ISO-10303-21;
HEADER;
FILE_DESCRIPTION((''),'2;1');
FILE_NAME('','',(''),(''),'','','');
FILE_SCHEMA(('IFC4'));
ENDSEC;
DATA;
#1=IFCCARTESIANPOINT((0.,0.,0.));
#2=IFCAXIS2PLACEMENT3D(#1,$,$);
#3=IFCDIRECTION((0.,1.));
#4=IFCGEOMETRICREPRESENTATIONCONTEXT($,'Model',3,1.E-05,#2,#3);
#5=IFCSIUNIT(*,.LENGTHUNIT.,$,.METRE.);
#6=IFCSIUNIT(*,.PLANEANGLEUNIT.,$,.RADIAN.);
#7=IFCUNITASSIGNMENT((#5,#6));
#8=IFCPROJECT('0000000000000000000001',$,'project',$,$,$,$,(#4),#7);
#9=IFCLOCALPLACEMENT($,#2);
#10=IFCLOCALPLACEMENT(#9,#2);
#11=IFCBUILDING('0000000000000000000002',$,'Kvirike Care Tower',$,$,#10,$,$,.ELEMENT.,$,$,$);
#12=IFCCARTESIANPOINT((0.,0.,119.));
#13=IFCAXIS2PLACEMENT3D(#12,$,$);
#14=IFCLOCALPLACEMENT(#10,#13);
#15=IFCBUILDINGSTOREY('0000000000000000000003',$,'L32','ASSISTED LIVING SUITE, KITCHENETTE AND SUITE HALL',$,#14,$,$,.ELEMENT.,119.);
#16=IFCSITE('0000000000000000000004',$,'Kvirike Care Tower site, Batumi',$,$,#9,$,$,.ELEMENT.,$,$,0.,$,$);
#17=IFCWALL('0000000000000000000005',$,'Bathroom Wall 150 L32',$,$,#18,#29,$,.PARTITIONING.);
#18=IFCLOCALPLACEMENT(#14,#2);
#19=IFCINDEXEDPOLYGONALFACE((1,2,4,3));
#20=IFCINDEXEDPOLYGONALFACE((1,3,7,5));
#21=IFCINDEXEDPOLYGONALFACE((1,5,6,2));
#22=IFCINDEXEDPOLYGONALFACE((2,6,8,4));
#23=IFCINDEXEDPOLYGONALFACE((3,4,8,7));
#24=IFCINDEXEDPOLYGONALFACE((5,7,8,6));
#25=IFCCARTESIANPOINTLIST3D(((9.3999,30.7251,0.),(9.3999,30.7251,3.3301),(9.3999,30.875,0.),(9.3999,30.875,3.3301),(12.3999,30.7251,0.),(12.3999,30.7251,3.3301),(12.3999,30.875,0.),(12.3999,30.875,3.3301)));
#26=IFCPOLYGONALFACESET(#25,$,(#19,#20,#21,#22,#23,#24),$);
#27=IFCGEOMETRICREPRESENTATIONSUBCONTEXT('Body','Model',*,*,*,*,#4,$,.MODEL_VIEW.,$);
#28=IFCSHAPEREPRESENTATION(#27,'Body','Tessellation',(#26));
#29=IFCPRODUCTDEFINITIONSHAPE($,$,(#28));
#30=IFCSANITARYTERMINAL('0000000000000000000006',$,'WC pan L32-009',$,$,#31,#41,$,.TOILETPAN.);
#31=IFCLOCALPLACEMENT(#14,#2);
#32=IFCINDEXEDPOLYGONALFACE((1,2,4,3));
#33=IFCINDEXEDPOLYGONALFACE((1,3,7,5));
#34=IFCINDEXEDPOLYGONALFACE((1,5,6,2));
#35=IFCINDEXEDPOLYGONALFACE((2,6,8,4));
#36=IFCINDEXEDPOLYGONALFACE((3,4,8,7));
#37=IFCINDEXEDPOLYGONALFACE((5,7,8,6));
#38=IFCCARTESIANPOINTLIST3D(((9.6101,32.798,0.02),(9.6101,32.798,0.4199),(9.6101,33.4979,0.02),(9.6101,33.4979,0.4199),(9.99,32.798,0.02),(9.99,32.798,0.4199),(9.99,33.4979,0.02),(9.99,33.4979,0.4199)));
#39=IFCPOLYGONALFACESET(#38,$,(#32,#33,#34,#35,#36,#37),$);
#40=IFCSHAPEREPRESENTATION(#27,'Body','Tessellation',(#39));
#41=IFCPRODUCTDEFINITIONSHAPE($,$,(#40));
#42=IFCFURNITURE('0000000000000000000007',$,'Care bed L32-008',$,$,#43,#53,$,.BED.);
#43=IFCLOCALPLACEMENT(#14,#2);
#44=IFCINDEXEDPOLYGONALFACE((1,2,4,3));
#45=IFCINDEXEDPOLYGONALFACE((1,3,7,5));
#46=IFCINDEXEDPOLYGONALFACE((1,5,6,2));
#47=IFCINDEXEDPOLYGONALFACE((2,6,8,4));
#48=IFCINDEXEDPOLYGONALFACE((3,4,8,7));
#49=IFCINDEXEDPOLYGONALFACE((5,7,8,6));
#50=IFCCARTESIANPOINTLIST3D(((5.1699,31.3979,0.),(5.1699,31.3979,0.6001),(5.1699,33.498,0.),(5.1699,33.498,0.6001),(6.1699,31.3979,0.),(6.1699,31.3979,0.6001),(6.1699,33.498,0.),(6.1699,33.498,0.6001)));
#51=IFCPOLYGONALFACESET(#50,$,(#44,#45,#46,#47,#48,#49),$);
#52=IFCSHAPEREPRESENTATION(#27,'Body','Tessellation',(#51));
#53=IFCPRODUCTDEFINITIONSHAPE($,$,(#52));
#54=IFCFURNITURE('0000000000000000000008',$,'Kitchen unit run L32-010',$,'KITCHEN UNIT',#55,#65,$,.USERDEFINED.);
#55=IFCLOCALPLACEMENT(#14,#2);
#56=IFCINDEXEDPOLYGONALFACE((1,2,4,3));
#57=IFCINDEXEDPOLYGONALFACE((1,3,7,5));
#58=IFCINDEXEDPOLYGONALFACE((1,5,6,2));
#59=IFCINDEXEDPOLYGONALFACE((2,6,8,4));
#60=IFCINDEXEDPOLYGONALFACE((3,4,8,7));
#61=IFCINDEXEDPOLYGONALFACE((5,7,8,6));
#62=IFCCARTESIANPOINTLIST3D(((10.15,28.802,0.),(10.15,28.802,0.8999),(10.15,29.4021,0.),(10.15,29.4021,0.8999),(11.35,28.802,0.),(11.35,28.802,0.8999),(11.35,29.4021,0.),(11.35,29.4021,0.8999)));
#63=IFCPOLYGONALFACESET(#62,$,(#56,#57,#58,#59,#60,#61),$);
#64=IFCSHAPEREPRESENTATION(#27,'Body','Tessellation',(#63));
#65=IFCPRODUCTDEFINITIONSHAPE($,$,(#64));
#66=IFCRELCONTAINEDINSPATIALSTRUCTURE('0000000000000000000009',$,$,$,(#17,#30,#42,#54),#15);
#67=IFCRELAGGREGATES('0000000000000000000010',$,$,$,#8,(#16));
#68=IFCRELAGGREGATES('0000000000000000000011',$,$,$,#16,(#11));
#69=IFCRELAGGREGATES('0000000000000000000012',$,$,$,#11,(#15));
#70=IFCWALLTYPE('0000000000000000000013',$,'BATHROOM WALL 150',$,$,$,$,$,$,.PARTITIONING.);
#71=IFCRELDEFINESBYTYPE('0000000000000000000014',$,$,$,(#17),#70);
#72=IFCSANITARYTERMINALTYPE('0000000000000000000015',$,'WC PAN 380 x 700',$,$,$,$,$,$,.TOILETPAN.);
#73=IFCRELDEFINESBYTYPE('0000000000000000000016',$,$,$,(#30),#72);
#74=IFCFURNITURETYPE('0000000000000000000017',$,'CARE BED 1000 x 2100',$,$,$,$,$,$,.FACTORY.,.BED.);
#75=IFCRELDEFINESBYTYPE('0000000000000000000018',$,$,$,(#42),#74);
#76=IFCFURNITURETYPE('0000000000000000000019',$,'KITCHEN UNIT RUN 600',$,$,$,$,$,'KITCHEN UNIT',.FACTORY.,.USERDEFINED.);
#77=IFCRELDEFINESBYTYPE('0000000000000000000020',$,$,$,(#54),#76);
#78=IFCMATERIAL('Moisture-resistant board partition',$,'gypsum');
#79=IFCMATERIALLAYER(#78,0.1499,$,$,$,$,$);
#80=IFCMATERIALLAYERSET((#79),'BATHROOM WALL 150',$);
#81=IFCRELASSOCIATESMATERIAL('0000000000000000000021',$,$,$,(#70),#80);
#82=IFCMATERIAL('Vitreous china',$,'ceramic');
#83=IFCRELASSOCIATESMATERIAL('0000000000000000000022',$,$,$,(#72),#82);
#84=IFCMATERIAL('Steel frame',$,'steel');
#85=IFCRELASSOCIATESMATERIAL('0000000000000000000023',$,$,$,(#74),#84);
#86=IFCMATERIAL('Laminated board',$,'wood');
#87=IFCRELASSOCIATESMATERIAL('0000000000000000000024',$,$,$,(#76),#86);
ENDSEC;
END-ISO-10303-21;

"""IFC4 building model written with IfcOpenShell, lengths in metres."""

from ifc_helpers import new_model, si_unit, direction, frame, frame_2d, origin, origin_2d, place, context, subcontext, project, spatial, rectangle, extrude, material, layer, layer_set, type_object, element, save


model = new_model("IFC4")

# Units and contexts
model_context = context("Model", 3, precision=1e-05, world=origin(), true_north=direction((0.0, 1.0)))
body_context = subcontext(model_context, "Body", "Model", "MODEL_VIEW")
ifc_project = project(units=[si_unit("LENGTHUNIT", "METRE"), si_unit("PLANEANGLEUNIT", "RADIAN")], contexts=[model_context])

# Site, building, storey
site_placement = place(None, origin())
site = spatial("IfcSite", under=ifc_project, at=site_placement, Name="Kvirike Care Tower site, Batumi", CompositionType="ELEMENT", RefElevation=0.0)
building_placement = place(site_placement, origin())
building = spatial("IfcBuilding", under=site, at=building_placement, Name="Kvirike Care Tower", CompositionType="ELEMENT")
storey_placement = place(building_placement, frame((0.0, 0.0, 119.0)))
storey = spatial("IfcBuildingStorey", under=building, at=storey_placement, Name="L32", Description="ASSISTED LIVING SUITE, KITCHENETTE AND SUITE HALL", CompositionType="ELEMENT", Elevation=119.0)

# Wall
ifc_material_1 = material(Name="Moisture-resistant board partition", Category="gypsum")
ifc_layer_1 = layer(ifc_material_1, 0.1499)
ifc_layer_set_1 = layer_set([ifc_layer_1], Name="BATHROOM WALL 150")
wall_type = type_object("IfcWallType", Name="BATHROOM WALL 150", PredefinedType="PARTITIONING", material=ifc_layer_set_1)
wall_placement = place(storey_placement, frame((9.3999, 30.8, 0.0), z_axis=(0.0, 0.0, 1.0), x_axis=(1.0, 0.0, 0.0)))
element("IfcWall", 1, at=wall_placement, inside=storey, type_object=wall_type, Name="Bathroom Wall 150 L32", PredefinedType="PARTITIONING", context=body_context, shape_type="SweptSolid", body=[
    extrude(rectangle(XDim=3.0, YDim=0.1499, at=frame_2d((1.5, 0.0))), origin(), (0.0, 0.0, 1.0), 3.3301),
])

# Sanitary terminal
ifc_material_2 = material(Name="Vitreous china", Category="ceramic")
sanitary_terminal_type = type_object("IfcSanitaryTerminalType", Name="WC PAN 380 x 700", PredefinedType="TOILETPAN", material=ifc_material_2)
sanitary_terminal_placement = place(storey_placement, frame((9.8, 33.1479, 0.02), z_axis=(0.0, 0.0, 1.0), x_axis=(1.0, 0.0, 0.0)))
element("IfcSanitaryTerminal", 2, at=sanitary_terminal_placement, inside=storey, type_object=sanitary_terminal_type, Name="WC pan L32-009", PredefinedType="TOILETPAN", context=body_context, shape_type="SweptSolid", body=[
    extrude(rectangle(XDim=0.3799, YDim=0.7, at=origin_2d()), origin(), (0.0, 0.0, 1.0), 0.3999),
])

# Furniture
ifc_material_3 = material(Name="Steel frame", Category="steel")
furniture_type_1 = type_object("IfcFurnitureType", Name="CARE BED 1000 x 2100", AssemblyPlace="FACTORY", PredefinedType="BED", material=ifc_material_3)
furniture_1_placement = place(storey_placement, frame((5.6699, 32.448, 0.0), z_axis=(0.0, 0.0, 1.0), x_axis=(1.0, 0.0, 0.0)))
element("IfcFurniture", 3, at=furniture_1_placement, inside=storey, type_object=furniture_type_1, Name="Care bed L32-008", PredefinedType="BED", context=body_context, shape_type="SweptSolid", body=[
    extrude(rectangle(XDim=1.0, YDim=2.1001, at=origin_2d()), origin(), (0.0, 0.0, 1.0), 0.6001),
])
ifc_material_4 = material(Name="Laminated board", Category="wood")
furniture_type_2 = type_object("IfcFurnitureType", Name="KITCHEN UNIT RUN 600", ElementType="KITCHEN UNIT", AssemblyPlace="FACTORY", PredefinedType="USERDEFINED", material=ifc_material_4)
furniture_2_placement = place(storey_placement, frame((10.75, 29.1021, 0.0), z_axis=(0.0, 0.0, 1.0), x_axis=(-1.0, 0.0, 0.0)))
element("IfcFurniture", 4, at=furniture_2_placement, inside=storey, type_object=furniture_type_2, Name="Kitchen unit run L32-010", ObjectType="KITCHEN UNIT", PredefinedType="USERDEFINED", context=body_context, shape_type="SweptSolid", body=[
    extrude(rectangle(XDim=1.2, YDim=0.6001, at=origin_2d()), origin(), (0.0, 0.0, 1.0), 0.8999),
])

save(model, "model.ifc")
